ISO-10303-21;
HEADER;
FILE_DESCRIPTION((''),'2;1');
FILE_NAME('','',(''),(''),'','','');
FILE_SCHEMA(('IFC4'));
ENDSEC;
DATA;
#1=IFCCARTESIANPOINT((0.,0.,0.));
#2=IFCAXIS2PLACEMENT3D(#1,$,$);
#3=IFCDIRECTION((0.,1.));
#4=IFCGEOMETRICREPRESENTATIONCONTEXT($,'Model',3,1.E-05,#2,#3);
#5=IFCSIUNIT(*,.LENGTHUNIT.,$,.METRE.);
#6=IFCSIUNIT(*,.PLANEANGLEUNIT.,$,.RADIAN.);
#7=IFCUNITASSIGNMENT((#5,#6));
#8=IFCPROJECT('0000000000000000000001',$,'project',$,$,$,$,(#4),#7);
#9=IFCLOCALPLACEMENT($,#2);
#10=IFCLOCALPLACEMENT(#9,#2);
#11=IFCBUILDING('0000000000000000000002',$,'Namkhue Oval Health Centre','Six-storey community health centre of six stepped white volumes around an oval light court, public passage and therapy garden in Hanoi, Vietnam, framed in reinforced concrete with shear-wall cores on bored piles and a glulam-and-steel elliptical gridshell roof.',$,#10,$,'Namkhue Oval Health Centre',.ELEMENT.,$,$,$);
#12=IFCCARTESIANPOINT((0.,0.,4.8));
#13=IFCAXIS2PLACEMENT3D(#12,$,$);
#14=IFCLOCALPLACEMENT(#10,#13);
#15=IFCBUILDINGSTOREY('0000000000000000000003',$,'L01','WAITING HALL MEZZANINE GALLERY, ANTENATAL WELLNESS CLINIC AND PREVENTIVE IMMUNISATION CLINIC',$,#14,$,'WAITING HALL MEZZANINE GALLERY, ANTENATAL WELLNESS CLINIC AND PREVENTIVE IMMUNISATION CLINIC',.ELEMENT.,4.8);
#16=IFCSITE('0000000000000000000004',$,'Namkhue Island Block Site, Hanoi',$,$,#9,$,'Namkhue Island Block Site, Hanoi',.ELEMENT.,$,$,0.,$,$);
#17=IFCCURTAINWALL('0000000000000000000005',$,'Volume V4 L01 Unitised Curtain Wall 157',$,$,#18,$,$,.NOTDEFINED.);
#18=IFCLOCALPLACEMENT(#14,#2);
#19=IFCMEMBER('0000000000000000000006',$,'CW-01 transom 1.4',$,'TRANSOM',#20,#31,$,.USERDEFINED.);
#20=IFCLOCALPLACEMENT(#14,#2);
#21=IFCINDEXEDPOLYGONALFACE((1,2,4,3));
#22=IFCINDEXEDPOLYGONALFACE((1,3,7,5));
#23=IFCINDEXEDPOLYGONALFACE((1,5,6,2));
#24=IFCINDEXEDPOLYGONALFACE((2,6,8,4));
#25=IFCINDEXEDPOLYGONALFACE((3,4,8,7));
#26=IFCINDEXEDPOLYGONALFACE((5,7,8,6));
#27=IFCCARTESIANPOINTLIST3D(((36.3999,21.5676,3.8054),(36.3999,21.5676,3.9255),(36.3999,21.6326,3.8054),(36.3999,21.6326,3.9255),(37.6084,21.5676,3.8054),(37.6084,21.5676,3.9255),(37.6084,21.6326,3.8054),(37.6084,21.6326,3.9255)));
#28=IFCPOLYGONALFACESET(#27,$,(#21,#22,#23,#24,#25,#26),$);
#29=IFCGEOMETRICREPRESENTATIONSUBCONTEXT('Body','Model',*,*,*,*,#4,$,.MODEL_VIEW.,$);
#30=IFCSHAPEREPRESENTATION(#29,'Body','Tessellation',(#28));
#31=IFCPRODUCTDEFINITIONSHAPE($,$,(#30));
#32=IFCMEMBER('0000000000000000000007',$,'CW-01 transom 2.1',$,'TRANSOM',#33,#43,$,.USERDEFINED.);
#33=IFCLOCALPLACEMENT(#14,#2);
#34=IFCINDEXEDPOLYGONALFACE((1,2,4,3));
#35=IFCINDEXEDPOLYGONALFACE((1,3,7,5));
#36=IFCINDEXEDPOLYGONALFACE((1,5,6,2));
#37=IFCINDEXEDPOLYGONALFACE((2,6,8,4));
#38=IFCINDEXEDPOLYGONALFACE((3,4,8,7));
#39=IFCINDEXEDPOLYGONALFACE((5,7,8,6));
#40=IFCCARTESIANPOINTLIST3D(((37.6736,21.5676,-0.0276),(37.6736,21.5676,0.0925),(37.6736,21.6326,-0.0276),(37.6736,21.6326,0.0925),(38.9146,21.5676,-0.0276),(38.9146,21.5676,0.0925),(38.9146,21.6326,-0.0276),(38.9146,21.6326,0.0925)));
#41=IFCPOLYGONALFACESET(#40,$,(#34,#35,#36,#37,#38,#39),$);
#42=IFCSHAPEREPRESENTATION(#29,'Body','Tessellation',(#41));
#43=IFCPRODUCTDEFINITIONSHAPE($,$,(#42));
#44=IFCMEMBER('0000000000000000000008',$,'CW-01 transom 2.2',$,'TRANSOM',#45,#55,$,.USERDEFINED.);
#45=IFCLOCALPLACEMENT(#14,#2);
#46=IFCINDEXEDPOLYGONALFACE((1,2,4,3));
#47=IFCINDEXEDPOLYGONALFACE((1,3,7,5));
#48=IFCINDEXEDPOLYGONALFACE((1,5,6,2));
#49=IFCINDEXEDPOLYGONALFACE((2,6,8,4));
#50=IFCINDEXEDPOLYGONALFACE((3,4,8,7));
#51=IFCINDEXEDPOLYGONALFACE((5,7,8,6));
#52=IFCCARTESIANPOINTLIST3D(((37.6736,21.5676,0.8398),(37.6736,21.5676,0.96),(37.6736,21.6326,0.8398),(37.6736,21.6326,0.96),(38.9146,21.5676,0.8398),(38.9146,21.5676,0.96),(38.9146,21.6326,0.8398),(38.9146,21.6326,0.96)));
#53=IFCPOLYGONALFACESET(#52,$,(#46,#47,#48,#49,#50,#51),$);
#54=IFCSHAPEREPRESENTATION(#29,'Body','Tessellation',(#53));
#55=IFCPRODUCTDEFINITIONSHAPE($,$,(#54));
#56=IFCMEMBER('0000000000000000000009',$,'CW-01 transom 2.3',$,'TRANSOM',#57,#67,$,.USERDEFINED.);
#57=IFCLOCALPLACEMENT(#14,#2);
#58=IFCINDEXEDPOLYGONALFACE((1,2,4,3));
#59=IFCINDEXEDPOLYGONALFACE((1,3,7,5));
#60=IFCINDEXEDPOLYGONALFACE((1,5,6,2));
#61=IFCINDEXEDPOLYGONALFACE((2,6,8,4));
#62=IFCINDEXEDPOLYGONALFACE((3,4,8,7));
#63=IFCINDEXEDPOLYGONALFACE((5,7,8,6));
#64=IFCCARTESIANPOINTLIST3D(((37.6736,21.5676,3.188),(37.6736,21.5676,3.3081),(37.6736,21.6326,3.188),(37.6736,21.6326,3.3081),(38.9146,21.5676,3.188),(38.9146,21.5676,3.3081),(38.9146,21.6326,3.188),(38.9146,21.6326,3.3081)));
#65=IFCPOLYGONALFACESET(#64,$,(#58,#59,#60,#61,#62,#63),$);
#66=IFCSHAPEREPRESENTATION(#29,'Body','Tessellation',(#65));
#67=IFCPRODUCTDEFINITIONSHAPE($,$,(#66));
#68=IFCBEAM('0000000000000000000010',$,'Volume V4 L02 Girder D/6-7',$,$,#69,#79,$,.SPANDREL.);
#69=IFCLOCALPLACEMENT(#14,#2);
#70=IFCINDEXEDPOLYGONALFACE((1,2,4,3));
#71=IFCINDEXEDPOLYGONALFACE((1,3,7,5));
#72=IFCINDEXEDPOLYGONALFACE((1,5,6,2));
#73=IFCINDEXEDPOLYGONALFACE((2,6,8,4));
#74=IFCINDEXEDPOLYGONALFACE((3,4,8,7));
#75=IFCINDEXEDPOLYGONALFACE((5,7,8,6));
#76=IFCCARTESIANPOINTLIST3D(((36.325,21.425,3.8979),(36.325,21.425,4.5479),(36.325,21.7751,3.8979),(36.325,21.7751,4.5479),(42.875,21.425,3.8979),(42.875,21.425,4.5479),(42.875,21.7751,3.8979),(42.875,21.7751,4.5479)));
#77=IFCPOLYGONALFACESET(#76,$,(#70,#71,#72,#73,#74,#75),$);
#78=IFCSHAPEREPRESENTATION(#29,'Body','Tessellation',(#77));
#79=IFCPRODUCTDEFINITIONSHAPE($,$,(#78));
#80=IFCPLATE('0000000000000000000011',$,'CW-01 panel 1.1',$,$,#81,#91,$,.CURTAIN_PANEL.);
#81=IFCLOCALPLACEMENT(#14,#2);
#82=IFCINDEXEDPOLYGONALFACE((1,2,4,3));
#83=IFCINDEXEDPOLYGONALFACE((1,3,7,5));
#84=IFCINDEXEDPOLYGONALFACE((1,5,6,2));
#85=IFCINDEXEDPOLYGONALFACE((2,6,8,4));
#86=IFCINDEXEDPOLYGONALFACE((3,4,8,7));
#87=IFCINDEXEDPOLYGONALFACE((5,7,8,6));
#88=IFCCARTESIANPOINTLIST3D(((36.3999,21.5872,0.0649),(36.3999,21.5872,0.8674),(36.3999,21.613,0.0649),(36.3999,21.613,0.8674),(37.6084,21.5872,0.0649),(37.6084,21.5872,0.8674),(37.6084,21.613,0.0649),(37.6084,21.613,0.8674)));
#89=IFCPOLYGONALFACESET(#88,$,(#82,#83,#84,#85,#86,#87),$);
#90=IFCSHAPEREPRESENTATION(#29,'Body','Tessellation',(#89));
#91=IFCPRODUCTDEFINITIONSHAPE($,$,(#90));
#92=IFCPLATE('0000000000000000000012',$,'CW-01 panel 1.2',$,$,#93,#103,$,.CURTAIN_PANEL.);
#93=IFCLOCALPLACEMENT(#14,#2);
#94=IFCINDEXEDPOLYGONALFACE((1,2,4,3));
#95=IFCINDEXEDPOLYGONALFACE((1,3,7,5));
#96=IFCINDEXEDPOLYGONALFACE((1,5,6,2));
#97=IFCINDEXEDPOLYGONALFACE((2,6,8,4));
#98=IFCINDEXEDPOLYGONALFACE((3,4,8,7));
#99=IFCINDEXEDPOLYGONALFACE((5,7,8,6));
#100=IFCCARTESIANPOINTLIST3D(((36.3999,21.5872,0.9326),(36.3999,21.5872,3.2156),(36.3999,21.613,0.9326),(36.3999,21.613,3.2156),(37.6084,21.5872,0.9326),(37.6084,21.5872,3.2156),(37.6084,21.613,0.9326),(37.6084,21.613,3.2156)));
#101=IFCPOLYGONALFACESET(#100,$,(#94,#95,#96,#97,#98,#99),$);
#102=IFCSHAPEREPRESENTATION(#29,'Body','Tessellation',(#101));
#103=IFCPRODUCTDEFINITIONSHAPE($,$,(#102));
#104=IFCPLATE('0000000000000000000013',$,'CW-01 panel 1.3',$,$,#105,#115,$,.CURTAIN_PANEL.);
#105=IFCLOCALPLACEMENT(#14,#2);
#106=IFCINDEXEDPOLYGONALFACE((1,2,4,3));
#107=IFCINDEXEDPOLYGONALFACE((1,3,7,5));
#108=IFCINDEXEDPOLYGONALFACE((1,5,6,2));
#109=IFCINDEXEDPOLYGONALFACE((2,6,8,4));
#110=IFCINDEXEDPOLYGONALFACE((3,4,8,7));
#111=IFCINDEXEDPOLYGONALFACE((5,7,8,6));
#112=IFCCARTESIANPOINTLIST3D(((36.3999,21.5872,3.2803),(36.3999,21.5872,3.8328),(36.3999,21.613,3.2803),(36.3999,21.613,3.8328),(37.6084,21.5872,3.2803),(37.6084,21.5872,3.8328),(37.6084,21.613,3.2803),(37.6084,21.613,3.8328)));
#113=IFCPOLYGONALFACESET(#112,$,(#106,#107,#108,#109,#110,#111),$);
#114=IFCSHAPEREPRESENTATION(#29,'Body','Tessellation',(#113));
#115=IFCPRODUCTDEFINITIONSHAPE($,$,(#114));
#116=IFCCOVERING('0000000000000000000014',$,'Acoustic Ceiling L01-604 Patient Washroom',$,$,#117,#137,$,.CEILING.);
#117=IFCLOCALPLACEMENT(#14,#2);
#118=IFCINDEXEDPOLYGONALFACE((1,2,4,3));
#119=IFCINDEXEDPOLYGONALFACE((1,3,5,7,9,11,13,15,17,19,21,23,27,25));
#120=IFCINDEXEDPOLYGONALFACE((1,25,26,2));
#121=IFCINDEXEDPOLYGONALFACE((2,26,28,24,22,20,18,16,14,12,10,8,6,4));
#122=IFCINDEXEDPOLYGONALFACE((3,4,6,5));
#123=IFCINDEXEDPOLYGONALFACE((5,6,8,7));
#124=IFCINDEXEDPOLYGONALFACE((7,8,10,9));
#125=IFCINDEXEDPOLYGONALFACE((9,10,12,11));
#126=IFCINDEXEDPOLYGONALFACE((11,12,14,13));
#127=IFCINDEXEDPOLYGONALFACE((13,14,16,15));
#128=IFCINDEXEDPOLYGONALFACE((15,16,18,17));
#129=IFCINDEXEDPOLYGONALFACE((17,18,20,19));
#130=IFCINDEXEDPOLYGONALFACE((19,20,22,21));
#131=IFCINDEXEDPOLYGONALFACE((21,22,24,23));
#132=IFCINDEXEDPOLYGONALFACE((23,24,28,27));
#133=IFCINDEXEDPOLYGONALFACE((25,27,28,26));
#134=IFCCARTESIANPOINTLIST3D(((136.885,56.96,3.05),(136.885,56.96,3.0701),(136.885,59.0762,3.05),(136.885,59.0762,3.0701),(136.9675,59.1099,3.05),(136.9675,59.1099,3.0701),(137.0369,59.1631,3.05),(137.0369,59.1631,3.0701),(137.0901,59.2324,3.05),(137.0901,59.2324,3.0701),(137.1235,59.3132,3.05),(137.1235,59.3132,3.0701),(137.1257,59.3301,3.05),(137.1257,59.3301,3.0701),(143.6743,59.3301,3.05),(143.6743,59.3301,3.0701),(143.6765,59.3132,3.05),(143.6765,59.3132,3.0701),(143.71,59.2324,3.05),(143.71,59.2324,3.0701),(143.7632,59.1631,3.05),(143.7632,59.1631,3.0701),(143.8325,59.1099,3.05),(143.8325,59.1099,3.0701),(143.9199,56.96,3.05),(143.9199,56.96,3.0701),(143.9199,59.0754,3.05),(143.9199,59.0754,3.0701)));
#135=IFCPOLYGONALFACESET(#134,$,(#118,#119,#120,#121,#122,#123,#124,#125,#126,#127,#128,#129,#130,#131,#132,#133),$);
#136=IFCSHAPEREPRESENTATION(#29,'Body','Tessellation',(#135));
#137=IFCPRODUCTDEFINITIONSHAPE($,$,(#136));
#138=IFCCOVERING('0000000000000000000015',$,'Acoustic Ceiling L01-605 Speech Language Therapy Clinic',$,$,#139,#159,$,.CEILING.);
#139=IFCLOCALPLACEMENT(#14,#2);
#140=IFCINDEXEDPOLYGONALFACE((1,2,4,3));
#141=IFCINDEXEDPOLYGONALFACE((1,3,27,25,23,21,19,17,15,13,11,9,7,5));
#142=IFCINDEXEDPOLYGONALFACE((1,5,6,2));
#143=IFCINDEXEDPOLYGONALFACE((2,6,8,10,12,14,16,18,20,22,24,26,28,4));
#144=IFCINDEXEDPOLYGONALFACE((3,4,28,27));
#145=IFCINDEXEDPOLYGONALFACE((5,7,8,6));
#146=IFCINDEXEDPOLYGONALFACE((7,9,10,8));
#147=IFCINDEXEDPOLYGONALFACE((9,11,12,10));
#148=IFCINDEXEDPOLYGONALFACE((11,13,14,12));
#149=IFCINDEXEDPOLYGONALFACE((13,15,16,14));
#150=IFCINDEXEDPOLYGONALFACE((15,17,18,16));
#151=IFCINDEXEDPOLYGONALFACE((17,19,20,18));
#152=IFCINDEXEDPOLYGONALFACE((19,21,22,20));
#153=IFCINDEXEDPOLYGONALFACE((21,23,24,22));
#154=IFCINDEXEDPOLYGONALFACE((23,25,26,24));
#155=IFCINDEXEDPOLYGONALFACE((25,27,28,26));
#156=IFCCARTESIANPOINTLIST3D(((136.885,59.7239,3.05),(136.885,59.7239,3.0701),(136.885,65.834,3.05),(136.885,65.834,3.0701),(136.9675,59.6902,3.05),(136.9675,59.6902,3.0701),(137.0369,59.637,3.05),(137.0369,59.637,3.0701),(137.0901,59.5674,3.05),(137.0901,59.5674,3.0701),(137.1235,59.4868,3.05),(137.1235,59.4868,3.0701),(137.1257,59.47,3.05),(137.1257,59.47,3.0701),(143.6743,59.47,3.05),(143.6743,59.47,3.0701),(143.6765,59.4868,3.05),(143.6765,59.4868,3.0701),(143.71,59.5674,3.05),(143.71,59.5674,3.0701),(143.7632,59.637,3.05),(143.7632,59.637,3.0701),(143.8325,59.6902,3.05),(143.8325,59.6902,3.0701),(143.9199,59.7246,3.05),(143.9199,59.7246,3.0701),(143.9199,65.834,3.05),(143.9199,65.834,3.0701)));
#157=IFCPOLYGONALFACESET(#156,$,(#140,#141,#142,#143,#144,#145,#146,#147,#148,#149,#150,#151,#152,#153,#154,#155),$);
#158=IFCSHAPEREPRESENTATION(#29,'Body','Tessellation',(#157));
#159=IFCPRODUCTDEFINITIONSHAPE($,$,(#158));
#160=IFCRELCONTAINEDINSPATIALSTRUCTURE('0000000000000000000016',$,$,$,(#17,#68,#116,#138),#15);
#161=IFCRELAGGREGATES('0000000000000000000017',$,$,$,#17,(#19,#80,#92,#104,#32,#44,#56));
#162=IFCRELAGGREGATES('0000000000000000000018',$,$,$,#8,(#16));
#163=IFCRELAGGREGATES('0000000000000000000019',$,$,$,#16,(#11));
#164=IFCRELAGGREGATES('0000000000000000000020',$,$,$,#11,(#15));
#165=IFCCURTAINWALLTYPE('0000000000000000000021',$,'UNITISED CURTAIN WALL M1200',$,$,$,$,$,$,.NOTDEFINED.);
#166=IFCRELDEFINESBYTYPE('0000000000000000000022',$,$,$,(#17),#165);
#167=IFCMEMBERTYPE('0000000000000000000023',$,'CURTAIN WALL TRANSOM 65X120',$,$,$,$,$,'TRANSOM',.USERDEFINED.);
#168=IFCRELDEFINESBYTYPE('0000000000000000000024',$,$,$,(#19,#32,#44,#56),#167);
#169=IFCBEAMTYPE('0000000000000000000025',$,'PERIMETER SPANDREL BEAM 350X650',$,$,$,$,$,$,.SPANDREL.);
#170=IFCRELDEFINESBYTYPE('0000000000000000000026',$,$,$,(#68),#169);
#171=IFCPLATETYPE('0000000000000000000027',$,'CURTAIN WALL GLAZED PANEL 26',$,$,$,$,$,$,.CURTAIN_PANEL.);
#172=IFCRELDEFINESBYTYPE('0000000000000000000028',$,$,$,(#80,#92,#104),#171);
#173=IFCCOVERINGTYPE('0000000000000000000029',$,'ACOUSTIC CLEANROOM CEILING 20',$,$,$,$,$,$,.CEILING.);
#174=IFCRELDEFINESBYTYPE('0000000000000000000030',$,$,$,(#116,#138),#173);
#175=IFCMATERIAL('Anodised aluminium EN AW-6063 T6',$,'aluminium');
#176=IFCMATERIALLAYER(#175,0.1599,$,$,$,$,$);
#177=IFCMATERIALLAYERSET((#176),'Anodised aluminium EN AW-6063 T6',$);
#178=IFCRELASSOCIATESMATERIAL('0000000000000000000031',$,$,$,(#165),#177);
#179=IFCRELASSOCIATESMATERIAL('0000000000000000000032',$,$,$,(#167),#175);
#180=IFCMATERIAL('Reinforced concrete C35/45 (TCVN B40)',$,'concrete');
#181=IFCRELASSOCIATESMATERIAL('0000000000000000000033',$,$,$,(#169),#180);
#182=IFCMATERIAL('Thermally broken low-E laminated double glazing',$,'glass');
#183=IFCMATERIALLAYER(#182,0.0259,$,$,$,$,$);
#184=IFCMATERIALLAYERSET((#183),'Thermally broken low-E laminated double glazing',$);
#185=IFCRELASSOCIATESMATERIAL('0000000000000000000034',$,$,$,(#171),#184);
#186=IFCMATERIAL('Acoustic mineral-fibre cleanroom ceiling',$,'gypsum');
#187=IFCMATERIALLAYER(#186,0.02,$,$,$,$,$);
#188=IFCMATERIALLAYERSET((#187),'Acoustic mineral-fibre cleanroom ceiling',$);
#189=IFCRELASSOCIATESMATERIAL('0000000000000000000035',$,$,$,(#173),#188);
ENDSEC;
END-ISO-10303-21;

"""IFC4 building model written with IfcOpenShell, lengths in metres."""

from ifc_helpers import new_model, si_unit, direction, frame, origin, origin_2d, place, context, subcontext, project, spatial, polyline, rectangle, outline, extrude, material, layer, layer_set, material_profile, profile_set, type_object, element, aggregate, save


model = new_model("IFC4")

# Units and contexts
model_context = context("Model", 3, precision=1e-05, world=origin(), true_north=direction((0.0, 1.0)))
body_context = subcontext(model_context, "Body", "Model", "MODEL_VIEW")
ifc_project = project(units=[si_unit("LENGTHUNIT", "METRE"), si_unit("PLANEANGLEUNIT", "RADIAN")], contexts=[model_context])

# Site, building, storey
site_placement = place(None, origin())
site = spatial("IfcSite", under=ifc_project, at=site_placement, Name="Namkhue Island Block Site, Hanoi", LongName="Namkhue Island Block Site, Hanoi", CompositionType="ELEMENT", RefElevation=0.0)
building_placement = place(site_placement, origin())
building = spatial("IfcBuilding", under=site, at=building_placement, Name="Namkhue Oval Health Centre", Description="Six-storey community health centre of six stepped white volumes around an oval light court, public passage and therapy garden in Hanoi, Vietnam, framed in reinforced concrete with shear-wall cores on bored piles and a glulam-and-steel elliptical gridshell roof.", LongName="Namkhue Oval Health Centre", CompositionType="ELEMENT")
storey_placement = place(building_placement, frame((0.0, 0.0, 4.8)))
storey = spatial("IfcBuildingStorey", under=building, at=storey_placement, Name="L01", Description="WAITING HALL MEZZANINE GALLERY, ANTENATAL WELLNESS CLINIC AND PREVENTIVE IMMUNISATION CLINIC", LongName="WAITING HALL MEZZANINE GALLERY, ANTENATAL WELLNESS CLINIC AND PREVENTIVE IMMUNISATION CLINIC", CompositionType="ELEMENT", Elevation=4.8)

# Shared definitions
ifc_material_1 = material(Name="Reinforced concrete C35/45 (TCVN B40)", Category="concrete")

# Curtain wall, members
ifc_material_2 = material(Name="Anodised aluminium EN AW-6063 T6", Category="aluminium")
ifc_layer_1 = layer(ifc_material_2, 0.1599)
ifc_layer_set_1 = layer_set([ifc_layer_1], Name="Anodised aluminium EN AW-6063 T6")
curtain_wall_type = type_object("IfcCurtainWallType", Name="UNITISED CURTAIN WALL M1200", PredefinedType="NOTDEFINED", material=ifc_layer_set_1)
curtain_wall_placement = place(storey_placement, origin())
curtain_wall = element("IfcCurtainWall", 1, at=curtain_wall_placement, inside=storey, type_object=curtain_wall_type, Name="Volume V4 L01 Unitised Curtain Wall 157", PredefinedType="NOTDEFINED")
ifc_material_profile_1 = material_profile(ifc_material_2, rectangle(XDim=0.0649, YDim=0.1201, at=origin_2d()), Name="ALU 65x120")
ifc_profile_set_1 = profile_set([ifc_material_profile_1], Name="Anodised aluminium EN AW-6063 T6")
member_type_1 = type_object("IfcMemberType", Name="CURTAIN WALL TRANSOM 65X120", ElementType="TRANSOM", PredefinedType="USERDEFINED", material=ifc_profile_set_1)
member_1_placement = place(storey_placement, frame((36.3999, 21.6001, 3.8655), z_axis=(1.0, 0.0, 0.0), x_axis=(0.0, 1.0, 0.0)))
member_1 = element("IfcMember", 2, at=member_1_placement, type_object=member_type_1, Name="CW-01 transom 1.4", ObjectType="TRANSOM", PredefinedType="USERDEFINED", context=body_context, shape_type="SweptSolid", body=[
    extrude(rectangle(XDim=0.0649, YDim=0.1201, at=origin_2d()), origin(), (0.0, 0.0, 1.0), 1.2085),
])
member_2_placement = place(storey_placement, frame((37.6736, 21.6001, 0.0325), z_axis=(1.0, 0.0, 0.0), x_axis=(0.0, 1.0, 0.0)))
member_2 = element("IfcMember", 3, at=member_2_placement, type_object=member_type_1, Name="CW-01 transom 2.1", ObjectType="TRANSOM", PredefinedType="USERDEFINED", context=body_context, shape_type="SweptSolid", body=[
    extrude(rectangle(XDim=0.0649, YDim=0.1201, at=origin_2d()), origin(), (0.0, 0.0, 1.0), 1.241),
])
member_3_placement = place(storey_placement, frame((37.6736, 21.6001, 0.8999), z_axis=(1.0, 0.0, 0.0), x_axis=(0.0, 1.0, 0.0)))
member_3 = element("IfcMember", 4, at=member_3_placement, type_object=member_type_1, Name="CW-01 transom 2.2", ObjectType="TRANSOM", PredefinedType="USERDEFINED", context=body_context, shape_type="SweptSolid", body=[
    extrude(rectangle(XDim=0.0649, YDim=0.1201, at=origin_2d()), origin(), (0.0, 0.0, 1.0), 1.241),
])
member_4_placement = place(storey_placement, frame((37.6736, 21.6001, 3.248), z_axis=(1.0, 0.0, 0.0), x_axis=(0.0, 1.0, 0.0)))
member_4 = element("IfcMember", 5, at=member_4_placement, type_object=member_type_1, Name="CW-01 transom 2.3", ObjectType="TRANSOM", PredefinedType="USERDEFINED", context=body_context, shape_type="SweptSolid", body=[
    extrude(rectangle(XDim=0.0649, YDim=0.1201, at=origin_2d()), origin(), (0.0, 0.0, 1.0), 1.241),
])

# Beam
ifc_material_profile_2 = material_profile(ifc_material_1, rectangle(XDim=0.3501, YDim=0.6499, at=origin_2d()), Name="RC 350x650")
ifc_profile_set_2 = profile_set([ifc_material_profile_2], Name="Reinforced concrete C35/45 (TCVN B40)")
beam_type = type_object("IfcBeamType", Name="PERIMETER SPANDREL BEAM 350X650", PredefinedType="SPANDREL", material=ifc_profile_set_2)
beam_placement = place(storey_placement, frame((36.325, 21.6001, 4.2229), z_axis=(1.0, 0.0, 0.0), x_axis=(0.0, 1.0, 0.0)))
element("IfcBeam", 6, at=beam_placement, inside=storey, type_object=beam_type, Name="Volume V4 L02 Girder D/6-7", PredefinedType="SPANDREL", context=body_context, shape_type="SweptSolid", body=[
    extrude(rectangle(XDim=0.3501, YDim=0.6499, at=origin_2d()), origin(), (0.0, 0.0, 1.0), 6.55),
])

# Plates
ifc_material_3 = material(Name="Thermally broken low-E laminated double glazing", Category="glass")
ifc_layer_2 = layer(ifc_material_3, 0.0259)
ifc_layer_set_2 = layer_set([ifc_layer_2], Name="Thermally broken low-E laminated double glazing")
plate_type = type_object("IfcPlateType", Name="CURTAIN WALL GLAZED PANEL 26", PredefinedType="CURTAIN_PANEL", material=ifc_layer_set_2)
plate_1_placement = place(storey_placement, frame((37.0042, 21.6001, 0.0649), z_axis=(0.0, 0.0, 1.0), x_axis=(1.0, 0.0, 0.0)))
plate_1 = element("IfcPlate", 7, at=plate_1_placement, type_object=plate_type, Name="CW-01 panel 1.1", PredefinedType="CURTAIN_PANEL", context=body_context, shape_type="SweptSolid", body=[
    extrude(rectangle(XDim=1.2085, YDim=0.0259, at=origin_2d()), origin(), (0.0, 0.0, 1.0), 0.8025),
])
plate_2_placement = place(storey_placement, frame((37.0042, 21.6001, 0.9326), z_axis=(0.0, 0.0, 1.0), x_axis=(1.0, 0.0, 0.0)))
plate_2 = element("IfcPlate", 8, at=plate_2_placement, type_object=plate_type, Name="CW-01 panel 1.2", PredefinedType="CURTAIN_PANEL", context=body_context, shape_type="SweptSolid", body=[
    extrude(rectangle(XDim=1.2085, YDim=0.0259, at=origin_2d()), origin(), (0.0, 0.0, 1.0), 2.283),
])
plate_3_placement = place(storey_placement, frame((37.0042, 21.6001, 3.2803), z_axis=(0.0, 0.0, 1.0), x_axis=(1.0, 0.0, 0.0)))
plate_3 = element("IfcPlate", 9, at=plate_3_placement, type_object=plate_type, Name="CW-01 panel 1.3", PredefinedType="CURTAIN_PANEL", context=body_context, shape_type="SweptSolid", body=[
    extrude(rectangle(XDim=1.2085, YDim=0.0259, at=origin_2d()), origin(), (0.0, 0.0, 1.0), 0.5525),
])
aggregate(curtain_wall, [member_1, plate_1, plate_2, plate_3, member_2, member_3, member_4])

# Coverings
ifc_material_4 = material(Name="Acoustic mineral-fibre cleanroom ceiling", Category="gypsum")
ifc_layer_3 = layer(ifc_material_4, 0.02)
ifc_layer_set_3 = layer_set([ifc_layer_3], Name="Acoustic mineral-fibre cleanroom ceiling")
covering_type_1 = type_object("IfcCoveringType", Name="ACOUSTIC CLEANROOM CEILING 20", PredefinedType="CEILING", material=ifc_layer_set_3)
covering_1_placement = place(storey_placement, frame((0.0, 0.0, 3.05)))
element("IfcCovering", 10, at=covering_1_placement, inside=storey, type_object=covering_type_1, Name="Acoustic Ceiling L01-604 Patient Washroom", PredefinedType="CEILING", context=body_context, shape_type="SweptSolid", body=[
    extrude(outline(polyline([(136.885, 56.96), (136.885, 59.0762), (136.9675, 59.1099), (137.0369, 59.1631), (137.0901, 59.2324), (137.1235, 59.3132), (137.1257, 59.3301), (143.6743, 59.3301), (143.6765, 59.3132), (143.71, 59.2324), (143.7632, 59.1631), (143.8325, 59.1099), (143.9199, 59.0754), (143.9199, 56.96), (136.885, 56.96)])), origin(), (0.0, 0.0, 1.0), 0.02),
])
covering_2_placement = place(storey_placement, frame((0.0, 0.0, 3.05)))
element("IfcCovering", 11, at=covering_2_placement, inside=storey, type_object=covering_type_1, Name="Acoustic Ceiling L01-605 Speech Language Therapy Clinic", PredefinedType="CEILING", context=body_context, shape_type="SweptSolid", body=[
    extrude(outline(polyline([(137.1257, 59.47), (137.1235, 59.4868), (137.0901, 59.5674), (137.0369, 59.637), (136.9675, 59.6902), (136.885, 59.7239), (136.885, 65.834), (143.9199, 65.834), (143.9199, 59.7246), (143.8325, 59.6902), (143.7632, 59.637), (143.71, 59.5674), (143.6765, 59.4868), (143.6743, 59.47), (137.1257, 59.47)])), origin(), (0.0, 0.0, 1.0), 0.02),
])

save(model, "model.ifc")
